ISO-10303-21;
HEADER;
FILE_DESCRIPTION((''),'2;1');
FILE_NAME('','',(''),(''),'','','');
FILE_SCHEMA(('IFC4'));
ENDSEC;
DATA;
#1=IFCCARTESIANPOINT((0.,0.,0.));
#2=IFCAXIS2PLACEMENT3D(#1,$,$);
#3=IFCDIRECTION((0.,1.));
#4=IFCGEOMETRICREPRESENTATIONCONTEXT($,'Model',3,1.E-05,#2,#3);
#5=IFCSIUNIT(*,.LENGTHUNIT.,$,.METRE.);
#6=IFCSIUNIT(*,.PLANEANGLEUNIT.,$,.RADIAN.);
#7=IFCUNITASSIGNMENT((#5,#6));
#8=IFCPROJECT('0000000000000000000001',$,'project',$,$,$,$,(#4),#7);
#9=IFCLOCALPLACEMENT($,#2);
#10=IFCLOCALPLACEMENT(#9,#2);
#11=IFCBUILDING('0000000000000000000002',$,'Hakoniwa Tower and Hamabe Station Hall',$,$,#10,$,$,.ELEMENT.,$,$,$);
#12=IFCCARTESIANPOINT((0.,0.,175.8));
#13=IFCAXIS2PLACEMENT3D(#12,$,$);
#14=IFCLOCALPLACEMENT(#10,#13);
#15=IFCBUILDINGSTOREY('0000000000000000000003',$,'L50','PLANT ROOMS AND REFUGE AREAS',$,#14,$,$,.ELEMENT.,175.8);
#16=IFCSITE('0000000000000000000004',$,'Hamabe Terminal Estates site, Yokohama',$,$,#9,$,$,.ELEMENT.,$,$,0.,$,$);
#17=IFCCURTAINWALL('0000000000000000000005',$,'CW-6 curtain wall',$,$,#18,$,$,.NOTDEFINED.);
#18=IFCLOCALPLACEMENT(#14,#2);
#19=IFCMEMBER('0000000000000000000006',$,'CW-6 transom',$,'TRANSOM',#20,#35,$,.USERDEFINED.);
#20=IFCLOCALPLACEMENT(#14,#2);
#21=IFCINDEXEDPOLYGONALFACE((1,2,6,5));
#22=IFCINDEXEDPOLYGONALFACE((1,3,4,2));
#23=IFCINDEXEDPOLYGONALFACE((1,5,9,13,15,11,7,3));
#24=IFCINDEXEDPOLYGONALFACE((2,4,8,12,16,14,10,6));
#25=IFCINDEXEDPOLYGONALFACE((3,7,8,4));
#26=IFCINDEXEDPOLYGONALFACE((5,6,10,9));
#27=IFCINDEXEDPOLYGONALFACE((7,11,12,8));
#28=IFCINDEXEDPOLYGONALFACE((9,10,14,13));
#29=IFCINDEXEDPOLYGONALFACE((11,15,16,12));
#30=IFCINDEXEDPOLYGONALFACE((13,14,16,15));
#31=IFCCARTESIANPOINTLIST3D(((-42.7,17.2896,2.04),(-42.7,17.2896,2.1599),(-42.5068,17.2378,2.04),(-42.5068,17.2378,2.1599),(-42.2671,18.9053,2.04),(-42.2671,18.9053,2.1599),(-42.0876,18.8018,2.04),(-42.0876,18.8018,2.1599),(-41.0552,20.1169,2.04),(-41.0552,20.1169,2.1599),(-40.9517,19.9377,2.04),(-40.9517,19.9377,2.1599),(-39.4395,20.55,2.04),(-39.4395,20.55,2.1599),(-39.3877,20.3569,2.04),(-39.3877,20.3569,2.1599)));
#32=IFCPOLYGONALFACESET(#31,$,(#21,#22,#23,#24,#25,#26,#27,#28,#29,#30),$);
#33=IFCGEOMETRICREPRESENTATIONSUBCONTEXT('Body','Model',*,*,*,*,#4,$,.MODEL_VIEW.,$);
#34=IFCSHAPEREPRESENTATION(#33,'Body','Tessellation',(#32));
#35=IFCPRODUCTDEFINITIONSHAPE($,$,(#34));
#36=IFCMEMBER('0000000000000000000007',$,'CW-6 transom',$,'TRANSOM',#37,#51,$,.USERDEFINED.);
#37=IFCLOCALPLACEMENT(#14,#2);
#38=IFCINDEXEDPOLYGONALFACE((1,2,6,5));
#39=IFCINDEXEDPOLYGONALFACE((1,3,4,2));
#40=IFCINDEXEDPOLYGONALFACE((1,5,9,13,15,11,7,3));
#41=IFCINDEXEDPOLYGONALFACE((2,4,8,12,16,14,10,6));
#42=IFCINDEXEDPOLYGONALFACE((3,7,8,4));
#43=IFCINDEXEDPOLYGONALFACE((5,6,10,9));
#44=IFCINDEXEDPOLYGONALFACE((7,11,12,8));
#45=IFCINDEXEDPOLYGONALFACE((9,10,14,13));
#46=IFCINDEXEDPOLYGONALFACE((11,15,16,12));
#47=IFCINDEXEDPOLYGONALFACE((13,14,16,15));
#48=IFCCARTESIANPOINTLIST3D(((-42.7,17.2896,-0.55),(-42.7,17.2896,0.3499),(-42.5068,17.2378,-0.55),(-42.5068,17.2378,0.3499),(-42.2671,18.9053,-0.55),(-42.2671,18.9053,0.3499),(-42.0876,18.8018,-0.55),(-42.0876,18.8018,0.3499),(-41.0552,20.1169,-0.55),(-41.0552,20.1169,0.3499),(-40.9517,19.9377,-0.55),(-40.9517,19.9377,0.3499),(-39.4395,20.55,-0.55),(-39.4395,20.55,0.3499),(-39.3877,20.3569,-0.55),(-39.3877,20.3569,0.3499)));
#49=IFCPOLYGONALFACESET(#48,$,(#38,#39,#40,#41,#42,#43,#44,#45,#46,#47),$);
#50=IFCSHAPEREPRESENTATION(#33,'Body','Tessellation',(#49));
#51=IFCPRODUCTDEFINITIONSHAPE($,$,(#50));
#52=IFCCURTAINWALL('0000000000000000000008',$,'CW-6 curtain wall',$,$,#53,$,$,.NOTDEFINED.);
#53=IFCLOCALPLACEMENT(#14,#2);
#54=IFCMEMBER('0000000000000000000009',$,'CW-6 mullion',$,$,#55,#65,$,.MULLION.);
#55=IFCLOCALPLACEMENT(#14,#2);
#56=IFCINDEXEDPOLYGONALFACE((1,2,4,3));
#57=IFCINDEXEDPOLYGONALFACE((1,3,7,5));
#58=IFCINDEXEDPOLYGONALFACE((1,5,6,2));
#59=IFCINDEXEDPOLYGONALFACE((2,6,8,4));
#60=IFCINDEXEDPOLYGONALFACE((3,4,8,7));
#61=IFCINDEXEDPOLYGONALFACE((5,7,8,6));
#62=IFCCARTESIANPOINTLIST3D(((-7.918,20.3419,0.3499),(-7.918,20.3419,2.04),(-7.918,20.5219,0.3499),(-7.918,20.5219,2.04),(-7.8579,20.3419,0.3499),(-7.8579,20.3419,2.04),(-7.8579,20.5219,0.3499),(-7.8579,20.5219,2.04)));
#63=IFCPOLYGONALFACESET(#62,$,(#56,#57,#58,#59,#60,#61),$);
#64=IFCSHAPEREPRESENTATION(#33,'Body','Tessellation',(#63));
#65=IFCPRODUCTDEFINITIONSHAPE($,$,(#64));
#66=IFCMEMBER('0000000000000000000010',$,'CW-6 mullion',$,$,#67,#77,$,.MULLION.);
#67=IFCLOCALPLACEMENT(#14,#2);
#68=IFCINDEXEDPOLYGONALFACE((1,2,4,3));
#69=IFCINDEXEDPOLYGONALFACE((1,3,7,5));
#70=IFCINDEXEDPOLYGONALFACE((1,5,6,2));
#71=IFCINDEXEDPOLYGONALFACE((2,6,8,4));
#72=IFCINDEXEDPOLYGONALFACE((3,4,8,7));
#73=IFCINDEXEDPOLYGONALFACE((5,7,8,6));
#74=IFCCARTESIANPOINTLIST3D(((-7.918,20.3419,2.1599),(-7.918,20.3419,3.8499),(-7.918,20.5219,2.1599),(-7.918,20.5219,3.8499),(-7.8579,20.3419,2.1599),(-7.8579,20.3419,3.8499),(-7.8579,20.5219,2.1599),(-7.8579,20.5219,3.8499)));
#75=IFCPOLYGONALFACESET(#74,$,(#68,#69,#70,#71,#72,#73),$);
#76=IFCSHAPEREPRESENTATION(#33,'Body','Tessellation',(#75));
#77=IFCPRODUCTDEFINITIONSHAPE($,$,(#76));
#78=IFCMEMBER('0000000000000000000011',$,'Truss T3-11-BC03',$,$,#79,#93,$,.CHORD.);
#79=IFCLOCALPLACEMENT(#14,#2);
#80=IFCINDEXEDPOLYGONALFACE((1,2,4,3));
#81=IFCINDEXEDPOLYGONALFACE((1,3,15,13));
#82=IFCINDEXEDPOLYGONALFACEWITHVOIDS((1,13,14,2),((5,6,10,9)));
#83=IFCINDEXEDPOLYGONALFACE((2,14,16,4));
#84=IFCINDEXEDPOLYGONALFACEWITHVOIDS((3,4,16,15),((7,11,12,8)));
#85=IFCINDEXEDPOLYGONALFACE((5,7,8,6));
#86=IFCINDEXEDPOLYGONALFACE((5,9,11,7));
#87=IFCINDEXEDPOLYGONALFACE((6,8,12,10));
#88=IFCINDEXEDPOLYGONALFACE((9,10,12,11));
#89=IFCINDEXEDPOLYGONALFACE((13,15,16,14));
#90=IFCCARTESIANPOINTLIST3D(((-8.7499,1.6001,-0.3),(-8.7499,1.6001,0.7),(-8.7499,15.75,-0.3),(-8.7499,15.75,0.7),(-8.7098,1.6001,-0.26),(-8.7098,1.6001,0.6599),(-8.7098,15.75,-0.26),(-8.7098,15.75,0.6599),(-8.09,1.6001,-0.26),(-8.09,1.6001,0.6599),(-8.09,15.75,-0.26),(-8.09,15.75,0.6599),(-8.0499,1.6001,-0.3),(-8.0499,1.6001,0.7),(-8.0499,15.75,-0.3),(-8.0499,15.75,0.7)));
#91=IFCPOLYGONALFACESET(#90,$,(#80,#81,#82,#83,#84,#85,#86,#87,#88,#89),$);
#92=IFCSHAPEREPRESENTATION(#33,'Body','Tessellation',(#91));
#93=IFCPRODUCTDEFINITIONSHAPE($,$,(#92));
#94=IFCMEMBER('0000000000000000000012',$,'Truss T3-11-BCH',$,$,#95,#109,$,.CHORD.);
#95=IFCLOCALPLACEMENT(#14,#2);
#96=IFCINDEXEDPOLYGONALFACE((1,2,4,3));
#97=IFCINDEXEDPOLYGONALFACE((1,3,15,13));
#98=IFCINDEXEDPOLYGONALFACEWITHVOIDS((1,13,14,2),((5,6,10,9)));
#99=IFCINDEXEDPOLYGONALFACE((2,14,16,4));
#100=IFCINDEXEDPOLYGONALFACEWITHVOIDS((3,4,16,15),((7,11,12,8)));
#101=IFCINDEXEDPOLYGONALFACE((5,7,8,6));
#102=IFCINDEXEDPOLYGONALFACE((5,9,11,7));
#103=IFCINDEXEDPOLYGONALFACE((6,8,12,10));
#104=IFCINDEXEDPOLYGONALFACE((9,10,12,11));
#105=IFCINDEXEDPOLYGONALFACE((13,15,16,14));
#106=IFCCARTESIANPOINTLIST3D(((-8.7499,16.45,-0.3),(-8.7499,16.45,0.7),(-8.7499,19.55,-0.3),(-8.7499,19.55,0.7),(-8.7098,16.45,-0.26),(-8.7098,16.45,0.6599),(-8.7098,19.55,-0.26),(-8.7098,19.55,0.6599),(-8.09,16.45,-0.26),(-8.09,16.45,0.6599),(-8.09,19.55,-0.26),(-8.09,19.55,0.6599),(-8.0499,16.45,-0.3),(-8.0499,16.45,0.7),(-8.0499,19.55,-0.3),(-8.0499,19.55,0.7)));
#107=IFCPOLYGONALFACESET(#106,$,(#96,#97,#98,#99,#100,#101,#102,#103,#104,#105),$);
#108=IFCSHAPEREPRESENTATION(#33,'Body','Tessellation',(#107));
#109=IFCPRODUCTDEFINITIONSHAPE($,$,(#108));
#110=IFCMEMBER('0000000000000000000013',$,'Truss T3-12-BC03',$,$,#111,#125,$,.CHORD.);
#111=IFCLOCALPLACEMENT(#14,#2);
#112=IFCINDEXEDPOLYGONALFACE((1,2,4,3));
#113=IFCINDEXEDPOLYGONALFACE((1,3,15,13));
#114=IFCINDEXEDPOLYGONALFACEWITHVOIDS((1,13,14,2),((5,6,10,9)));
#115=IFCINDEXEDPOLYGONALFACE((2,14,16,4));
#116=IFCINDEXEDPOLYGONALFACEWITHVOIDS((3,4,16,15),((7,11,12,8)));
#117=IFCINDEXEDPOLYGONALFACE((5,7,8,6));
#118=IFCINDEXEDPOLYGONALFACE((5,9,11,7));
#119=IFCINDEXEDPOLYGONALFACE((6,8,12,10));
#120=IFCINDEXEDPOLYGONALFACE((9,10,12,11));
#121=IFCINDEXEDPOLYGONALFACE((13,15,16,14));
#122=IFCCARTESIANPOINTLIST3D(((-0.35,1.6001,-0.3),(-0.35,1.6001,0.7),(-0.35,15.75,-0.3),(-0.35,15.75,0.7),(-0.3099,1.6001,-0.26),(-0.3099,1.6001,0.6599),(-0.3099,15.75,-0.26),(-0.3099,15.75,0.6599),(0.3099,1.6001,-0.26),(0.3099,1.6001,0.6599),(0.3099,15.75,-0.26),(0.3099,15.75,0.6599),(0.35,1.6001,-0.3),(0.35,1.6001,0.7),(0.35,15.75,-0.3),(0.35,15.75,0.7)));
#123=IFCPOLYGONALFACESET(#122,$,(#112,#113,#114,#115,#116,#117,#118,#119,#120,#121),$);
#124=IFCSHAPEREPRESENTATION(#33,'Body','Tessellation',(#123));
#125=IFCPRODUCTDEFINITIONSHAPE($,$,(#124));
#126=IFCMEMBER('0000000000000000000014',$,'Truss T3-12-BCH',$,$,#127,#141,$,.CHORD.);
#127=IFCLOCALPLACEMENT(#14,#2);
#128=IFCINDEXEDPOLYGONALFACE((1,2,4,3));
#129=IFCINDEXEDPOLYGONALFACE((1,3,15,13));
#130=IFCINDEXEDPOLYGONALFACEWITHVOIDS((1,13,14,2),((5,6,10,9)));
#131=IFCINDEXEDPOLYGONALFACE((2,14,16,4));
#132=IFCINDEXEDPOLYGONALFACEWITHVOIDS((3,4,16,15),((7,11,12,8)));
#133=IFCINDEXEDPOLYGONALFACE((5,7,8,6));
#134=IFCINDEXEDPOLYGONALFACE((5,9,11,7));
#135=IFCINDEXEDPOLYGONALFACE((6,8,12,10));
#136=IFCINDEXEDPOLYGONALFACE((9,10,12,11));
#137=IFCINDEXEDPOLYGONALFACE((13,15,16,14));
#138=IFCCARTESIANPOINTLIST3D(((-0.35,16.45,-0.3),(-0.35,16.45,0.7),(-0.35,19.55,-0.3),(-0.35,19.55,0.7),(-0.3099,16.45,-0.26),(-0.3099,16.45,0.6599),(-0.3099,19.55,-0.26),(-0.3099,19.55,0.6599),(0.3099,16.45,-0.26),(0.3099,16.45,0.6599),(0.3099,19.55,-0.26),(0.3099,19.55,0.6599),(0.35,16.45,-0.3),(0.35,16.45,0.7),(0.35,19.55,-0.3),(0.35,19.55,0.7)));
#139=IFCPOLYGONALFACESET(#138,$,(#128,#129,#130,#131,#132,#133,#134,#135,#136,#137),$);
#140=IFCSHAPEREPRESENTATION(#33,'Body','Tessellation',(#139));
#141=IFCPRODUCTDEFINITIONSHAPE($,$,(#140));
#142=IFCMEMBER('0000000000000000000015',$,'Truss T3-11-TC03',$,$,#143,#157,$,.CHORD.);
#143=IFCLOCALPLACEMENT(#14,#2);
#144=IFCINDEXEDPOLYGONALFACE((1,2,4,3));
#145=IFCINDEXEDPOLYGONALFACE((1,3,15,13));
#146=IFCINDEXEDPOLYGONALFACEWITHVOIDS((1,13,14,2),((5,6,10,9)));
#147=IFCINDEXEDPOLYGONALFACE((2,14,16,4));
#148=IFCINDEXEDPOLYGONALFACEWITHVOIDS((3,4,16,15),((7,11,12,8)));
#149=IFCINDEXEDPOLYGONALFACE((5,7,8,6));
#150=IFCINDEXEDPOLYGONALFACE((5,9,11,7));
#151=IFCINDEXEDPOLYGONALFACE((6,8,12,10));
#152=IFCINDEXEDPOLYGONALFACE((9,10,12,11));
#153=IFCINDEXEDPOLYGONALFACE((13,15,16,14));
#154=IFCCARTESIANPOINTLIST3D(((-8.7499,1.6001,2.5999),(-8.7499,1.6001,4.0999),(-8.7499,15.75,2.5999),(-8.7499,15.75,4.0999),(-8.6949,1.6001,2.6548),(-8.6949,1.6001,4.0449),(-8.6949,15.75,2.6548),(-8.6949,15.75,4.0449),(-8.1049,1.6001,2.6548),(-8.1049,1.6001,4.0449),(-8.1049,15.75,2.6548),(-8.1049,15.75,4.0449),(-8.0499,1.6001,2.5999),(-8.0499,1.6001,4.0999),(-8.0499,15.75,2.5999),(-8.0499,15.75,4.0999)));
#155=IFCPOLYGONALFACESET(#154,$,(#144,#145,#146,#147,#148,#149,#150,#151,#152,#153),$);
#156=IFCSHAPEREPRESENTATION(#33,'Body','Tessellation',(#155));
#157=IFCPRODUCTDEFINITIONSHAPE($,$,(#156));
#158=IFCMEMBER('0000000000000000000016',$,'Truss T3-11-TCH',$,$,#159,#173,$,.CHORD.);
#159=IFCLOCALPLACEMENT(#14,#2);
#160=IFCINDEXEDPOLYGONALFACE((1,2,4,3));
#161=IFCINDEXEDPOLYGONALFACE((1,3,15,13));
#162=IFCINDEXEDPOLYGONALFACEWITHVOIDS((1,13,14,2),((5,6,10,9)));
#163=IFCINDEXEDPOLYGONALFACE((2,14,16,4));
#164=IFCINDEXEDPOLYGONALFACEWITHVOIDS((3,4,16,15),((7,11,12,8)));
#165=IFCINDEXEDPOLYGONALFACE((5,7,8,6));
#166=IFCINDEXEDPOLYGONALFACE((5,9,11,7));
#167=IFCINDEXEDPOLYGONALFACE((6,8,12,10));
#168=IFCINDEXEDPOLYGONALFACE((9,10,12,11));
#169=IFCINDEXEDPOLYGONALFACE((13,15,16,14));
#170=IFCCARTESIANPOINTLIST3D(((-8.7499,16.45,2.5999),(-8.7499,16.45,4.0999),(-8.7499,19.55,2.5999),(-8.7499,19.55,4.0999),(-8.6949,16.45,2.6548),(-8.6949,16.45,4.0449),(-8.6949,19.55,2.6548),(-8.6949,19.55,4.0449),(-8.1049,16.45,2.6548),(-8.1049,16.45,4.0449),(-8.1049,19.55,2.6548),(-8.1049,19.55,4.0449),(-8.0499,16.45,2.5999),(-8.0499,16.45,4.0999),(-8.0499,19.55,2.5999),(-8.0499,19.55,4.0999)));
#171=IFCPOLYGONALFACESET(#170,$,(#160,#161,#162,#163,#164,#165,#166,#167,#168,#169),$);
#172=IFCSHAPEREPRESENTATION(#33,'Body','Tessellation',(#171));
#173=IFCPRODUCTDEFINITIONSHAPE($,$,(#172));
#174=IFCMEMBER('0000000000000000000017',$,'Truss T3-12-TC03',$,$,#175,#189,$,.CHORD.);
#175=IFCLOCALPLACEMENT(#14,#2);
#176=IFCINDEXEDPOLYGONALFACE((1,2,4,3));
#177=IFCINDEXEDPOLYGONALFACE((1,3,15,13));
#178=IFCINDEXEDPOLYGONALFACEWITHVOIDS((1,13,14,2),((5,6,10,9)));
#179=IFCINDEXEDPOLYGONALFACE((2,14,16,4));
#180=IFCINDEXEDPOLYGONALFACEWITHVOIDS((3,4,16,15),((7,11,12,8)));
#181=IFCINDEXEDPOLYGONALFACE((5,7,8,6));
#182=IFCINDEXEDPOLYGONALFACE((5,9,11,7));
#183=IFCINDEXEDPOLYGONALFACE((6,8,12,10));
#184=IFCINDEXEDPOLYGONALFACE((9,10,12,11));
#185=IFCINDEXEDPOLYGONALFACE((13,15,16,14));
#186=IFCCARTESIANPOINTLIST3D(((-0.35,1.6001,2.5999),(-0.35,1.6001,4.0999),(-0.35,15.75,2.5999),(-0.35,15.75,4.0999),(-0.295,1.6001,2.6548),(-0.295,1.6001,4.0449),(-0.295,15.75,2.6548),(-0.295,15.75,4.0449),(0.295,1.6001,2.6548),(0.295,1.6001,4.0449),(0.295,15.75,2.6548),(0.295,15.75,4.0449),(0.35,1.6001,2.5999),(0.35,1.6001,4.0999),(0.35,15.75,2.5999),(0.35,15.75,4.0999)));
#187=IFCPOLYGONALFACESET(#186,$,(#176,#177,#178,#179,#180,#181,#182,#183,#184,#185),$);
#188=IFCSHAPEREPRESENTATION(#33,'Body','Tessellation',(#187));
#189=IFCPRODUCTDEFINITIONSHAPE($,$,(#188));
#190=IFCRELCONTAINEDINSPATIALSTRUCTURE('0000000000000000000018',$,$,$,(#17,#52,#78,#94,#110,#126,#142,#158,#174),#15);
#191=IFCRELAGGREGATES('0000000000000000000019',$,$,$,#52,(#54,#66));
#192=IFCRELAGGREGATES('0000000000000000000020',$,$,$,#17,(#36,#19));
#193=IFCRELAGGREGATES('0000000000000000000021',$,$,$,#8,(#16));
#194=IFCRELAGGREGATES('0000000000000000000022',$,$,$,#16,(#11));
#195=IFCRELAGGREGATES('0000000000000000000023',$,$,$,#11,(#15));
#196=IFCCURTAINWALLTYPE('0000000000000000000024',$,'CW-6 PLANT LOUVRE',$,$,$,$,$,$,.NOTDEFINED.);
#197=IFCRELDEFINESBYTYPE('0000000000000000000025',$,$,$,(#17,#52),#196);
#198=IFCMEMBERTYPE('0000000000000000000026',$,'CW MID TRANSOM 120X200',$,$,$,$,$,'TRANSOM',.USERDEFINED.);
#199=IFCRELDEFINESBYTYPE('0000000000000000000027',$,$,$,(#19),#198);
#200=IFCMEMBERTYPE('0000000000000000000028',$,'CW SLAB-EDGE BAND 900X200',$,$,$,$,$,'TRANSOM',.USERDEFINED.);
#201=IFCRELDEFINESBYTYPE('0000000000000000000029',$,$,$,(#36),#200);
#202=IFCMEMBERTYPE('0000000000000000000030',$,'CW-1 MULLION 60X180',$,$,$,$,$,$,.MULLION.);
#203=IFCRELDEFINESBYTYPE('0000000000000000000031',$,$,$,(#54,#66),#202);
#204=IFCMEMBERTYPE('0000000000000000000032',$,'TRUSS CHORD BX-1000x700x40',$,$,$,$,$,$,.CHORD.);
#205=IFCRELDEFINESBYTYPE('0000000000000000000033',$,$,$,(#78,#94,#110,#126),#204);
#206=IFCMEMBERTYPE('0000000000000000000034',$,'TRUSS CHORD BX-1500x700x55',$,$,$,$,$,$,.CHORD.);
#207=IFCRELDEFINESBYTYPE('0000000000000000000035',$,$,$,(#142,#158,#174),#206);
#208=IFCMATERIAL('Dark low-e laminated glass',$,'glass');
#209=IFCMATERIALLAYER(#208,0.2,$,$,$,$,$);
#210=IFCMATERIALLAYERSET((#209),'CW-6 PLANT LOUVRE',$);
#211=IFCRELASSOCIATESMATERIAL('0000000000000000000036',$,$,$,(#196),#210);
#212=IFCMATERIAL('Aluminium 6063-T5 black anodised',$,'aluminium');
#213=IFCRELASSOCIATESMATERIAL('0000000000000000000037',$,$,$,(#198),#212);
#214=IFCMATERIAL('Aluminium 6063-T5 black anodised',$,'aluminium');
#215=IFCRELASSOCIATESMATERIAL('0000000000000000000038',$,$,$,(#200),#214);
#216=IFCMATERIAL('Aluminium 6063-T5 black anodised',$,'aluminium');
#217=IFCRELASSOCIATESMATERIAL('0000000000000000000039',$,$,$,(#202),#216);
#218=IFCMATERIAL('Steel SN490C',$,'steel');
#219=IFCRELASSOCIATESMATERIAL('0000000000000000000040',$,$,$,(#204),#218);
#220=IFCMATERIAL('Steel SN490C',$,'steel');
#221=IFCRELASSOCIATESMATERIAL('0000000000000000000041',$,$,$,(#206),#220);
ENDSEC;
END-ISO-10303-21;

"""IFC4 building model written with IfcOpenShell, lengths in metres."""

from ifc_helpers import new_model, si_unit, direction, frame, origin, origin_2d, place, context, subcontext, project, spatial, polyline, rectangle, hollow_rectangle, outline, extrude, material, layer, layer_set, material_profile, profile_set, type_object, element, aggregate, save


model = new_model("IFC4")

# Units and contexts
model_context = context("Model", 3, precision=1e-05, world=origin(), true_north=direction((0.0, 1.0)))
body_context = subcontext(model_context, "Body", "Model", "MODEL_VIEW")
ifc_project = project(units=[si_unit("LENGTHUNIT", "METRE"), si_unit("PLANEANGLEUNIT", "RADIAN")], contexts=[model_context])

# Site, building, storey
site_placement = place(None, origin())
site = spatial("IfcSite", under=ifc_project, at=site_placement, Name="Hamabe Terminal Estates site, Yokohama", CompositionType="ELEMENT", RefElevation=0.0)
building_placement = place(site_placement, origin())
building = spatial("IfcBuilding", under=site, at=building_placement, Name="Hakoniwa Tower and Hamabe Station Hall", CompositionType="ELEMENT")
storey_placement = place(building_placement, frame((0.0, 0.0, 175.8)))
storey = spatial("IfcBuildingStorey", under=building, at=storey_placement, Name="L50", Description="PLANT ROOMS AND REFUGE AREAS", CompositionType="ELEMENT", Elevation=175.8)

# Curtain walls, members
ifc_material_1 = material(Name="Dark low-e laminated glass", Category="glass")
ifc_layer_1 = layer(ifc_material_1, 0.2)
ifc_layer_set_1 = layer_set([ifc_layer_1], Name="CW-6 PLANT LOUVRE")
curtain_wall_type = type_object("IfcCurtainWallType", Name="CW-6 PLANT LOUVRE", PredefinedType="NOTDEFINED", material=ifc_layer_set_1)
curtain_wall_1_placement = place(storey_placement, origin())
curtain_wall_1 = element("IfcCurtainWall", 1, at=curtain_wall_1_placement, inside=storey, type_object=curtain_wall_type, Name="CW-6 curtain wall", PredefinedType="NOTDEFINED")
ifc_material_2 = material(Name="Aluminium 6063-T5 black anodised", Category="aluminium")
ifc_material_profile_1 = material_profile(ifc_material_2, rectangle(XDim=0.2, YDim=0.1201, at=origin_2d()), Name="CW MID TRANSOM 120X200")
ifc_profile_set_1 = profile_set([ifc_material_profile_1], Name="Aluminium 6063-T5 black anodised")
member_type_1 = type_object("IfcMemberType", Name="CW MID TRANSOM 120X200", ElementType="TRANSOM", PredefinedType="USERDEFINED", material=ifc_profile_set_1)
member_1_placement = place(storey_placement, frame((0.0, 0.0, 2.04)))
member_1 = element("IfcMember", 2, at=member_1_placement, type_object=member_type_1, Name="CW-6 transom", ObjectType="TRANSOM", PredefinedType="USERDEFINED", context=body_context, shape_type="SweptSolid", body=[
    extrude(outline(polyline([(-39.4395, 20.55), (-41.0552, 20.1169), (-42.2671, 18.9053), (-42.7, 17.2896), (-42.5068, 17.2378), (-42.0876, 18.8018), (-40.9517, 19.9377), (-39.3877, 20.3569), (-39.4395, 20.55)])), origin(), (0.0, 0.0, 1.0), 0.1199),
])
ifc_material_3 = material(Name="Aluminium 6063-T5 black anodised", Category="aluminium")
ifc_material_profile_2 = material_profile(ifc_material_3, rectangle(XDim=0.2, YDim=0.8999, at=origin_2d()), Name="CW SLAB-EDGE BAND 900X200")
ifc_profile_set_2 = profile_set([ifc_material_profile_2], Name="Aluminium 6063-T5 black anodised")
member_type_2 = type_object("IfcMemberType", Name="CW SLAB-EDGE BAND 900X200", ElementType="TRANSOM", PredefinedType="USERDEFINED", material=ifc_profile_set_2)
member_2_placement = place(storey_placement, frame((0.0, 0.0, -0.55)))
member_2 = element("IfcMember", 3, at=member_2_placement, type_object=member_type_2, Name="CW-6 transom", ObjectType="TRANSOM", PredefinedType="USERDEFINED", context=body_context, shape_type="SweptSolid", body=[
    extrude(outline(polyline([(-39.4395, 20.55), (-41.0552, 20.1169), (-42.2671, 18.9053), (-42.7, 17.2896), (-42.5068, 17.2378), (-42.0876, 18.8018), (-40.9517, 19.9377), (-39.3877, 20.3569), (-39.4395, 20.55)])), origin(), (0.0, 0.0, 1.0), 0.8999),
])
curtain_wall_2_placement = place(storey_placement, origin())
curtain_wall_2 = element("IfcCurtainWall", 4, at=curtain_wall_2_placement, inside=storey, type_object=curtain_wall_type, Name="CW-6 curtain wall", PredefinedType="NOTDEFINED")
ifc_material_4 = material(Name="Aluminium 6063-T5 black anodised", Category="aluminium")
ifc_material_profile_3 = material_profile(ifc_material_4, rectangle(XDim=0.0601, YDim=0.1799, at=origin_2d()), Name="CW-1 MULLION 60X180")
ifc_profile_set_3 = profile_set([ifc_material_profile_3], Name="Aluminium 6063-T5 black anodised")
member_type_3 = type_object("IfcMemberType", Name="CW-1 MULLION 60X180", PredefinedType="MULLION", material=ifc_profile_set_3)
member_3_placement = place(storey_placement, frame((-7.8879, 20.4319, 0.3499), z_axis=(0.0, 0.0, 1.0), x_axis=(-1.0, 0.0, 0.0)))
member_3 = element("IfcMember", 5, at=member_3_placement, type_object=member_type_3, Name="CW-6 mullion", PredefinedType="MULLION", context=body_context, shape_type="SweptSolid", body=[
    extrude(rectangle(XDim=0.0601, YDim=0.1799, at=origin_2d()), origin(), (0.0, 0.0, 1.0), 1.6902),
])
member_4_placement = place(storey_placement, frame((-7.8879, 20.4319, 2.1599), z_axis=(0.0, 0.0, 1.0), x_axis=(-1.0, 0.0, 0.0)))
member_4 = element("IfcMember", 6, at=member_4_placement, type_object=member_type_3, Name="CW-6 mullion", PredefinedType="MULLION", context=body_context, shape_type="SweptSolid", body=[
    extrude(rectangle(XDim=0.0601, YDim=0.1799, at=origin_2d()), origin(), (0.0, 0.0, 1.0), 1.6899),
])

# Members
ifc_material_5 = material(Name="Steel SN490C", Category="steel")
ifc_material_profile_4 = material_profile(ifc_material_5, hollow_rectangle(XDim=0.7, YDim=1.0, WallThickness=0.04, at=origin_2d()), Name="BX-1000x700x40")
ifc_profile_set_4 = profile_set([ifc_material_profile_4], Name="Steel SN490C")
member_type_4 = type_object("IfcMemberType", Name="TRUSS CHORD BX-1000x700x40", PredefinedType="CHORD", material=ifc_profile_set_4)
member_5_placement = place(storey_placement, frame((-8.3999, 1.6001, 0.2), z_axis=(0.0, 1.0, 0.0), x_axis=(-1.0, 0.0, 0.0)))
element("IfcMember", 7, at=member_5_placement, inside=storey, type_object=member_type_4, Name="Truss T3-11-BC03", PredefinedType="CHORD", context=body_context, shape_type="SweptSolid", body=[
    extrude(hollow_rectangle(XDim=0.7, YDim=1.0, WallThickness=0.04, at=origin_2d()), origin(), (0.0, 0.0, 1.0), 14.1499),
])
member_6_placement = place(storey_placement, frame((-8.3999, 16.45, 0.2), z_axis=(0.0, 1.0, 0.0), x_axis=(-1.0, 0.0, 0.0)))
element("IfcMember", 8, at=member_6_placement, inside=storey, type_object=member_type_4, Name="Truss T3-11-BCH", PredefinedType="CHORD", context=body_context, shape_type="SweptSolid", body=[
    extrude(hollow_rectangle(XDim=0.7, YDim=1.0, WallThickness=0.04, at=origin_2d()), origin(), (0.0, 0.0, 1.0), 3.1001),
])
member_7_placement = place(storey_placement, frame((0.0, 1.6001, 0.2), z_axis=(0.0, 1.0, 0.0), x_axis=(-1.0, 0.0, 0.0)))
element("IfcMember", 9, at=member_7_placement, inside=storey, type_object=member_type_4, Name="Truss T3-12-BC03", PredefinedType="CHORD", context=body_context, shape_type="SweptSolid", body=[
    extrude(hollow_rectangle(XDim=0.7, YDim=1.0, WallThickness=0.04, at=origin_2d()), origin(), (0.0, 0.0, 1.0), 14.1499),
])
member_8_placement = place(storey_placement, frame((0.0, 16.45, 0.2), z_axis=(0.0, 1.0, 0.0), x_axis=(-1.0, 0.0, 0.0)))
element("IfcMember", 10, at=member_8_placement, inside=storey, type_object=member_type_4, Name="Truss T3-12-BCH", PredefinedType="CHORD", context=body_context, shape_type="SweptSolid", body=[
    extrude(hollow_rectangle(XDim=0.7, YDim=1.0, WallThickness=0.04, at=origin_2d()), origin(), (0.0, 0.0, 1.0), 3.1001),
])
ifc_material_6 = material(Name="Steel SN490C", Category="steel")
ifc_material_profile_5 = material_profile(ifc_material_6, hollow_rectangle(XDim=0.7, YDim=1.5, WallThickness=0.0549, at=origin_2d()), Name="BX-1500x700x55")
ifc_profile_set_5 = profile_set([ifc_material_profile_5], Name="Steel SN490C")
member_type_5 = type_object("IfcMemberType", Name="TRUSS CHORD BX-1500x700x55", PredefinedType="CHORD", material=ifc_profile_set_5)
member_9_placement = place(storey_placement, frame((-8.3999, 1.6001, 3.3499), z_axis=(0.0, 1.0, 0.0), x_axis=(-1.0, 0.0, 0.0)))
element("IfcMember", 11, at=member_9_placement, inside=storey, type_object=member_type_5, Name="Truss T3-11-TC03", PredefinedType="CHORD", context=body_context, shape_type="SweptSolid", body=[
    extrude(hollow_rectangle(XDim=0.7, YDim=1.5, WallThickness=0.0549, at=origin_2d()), origin(), (0.0, 0.0, 1.0), 14.1499),
])
member_10_placement = place(storey_placement, frame((-8.3999, 16.45, 3.3499), z_axis=(0.0, 1.0, 0.0), x_axis=(-1.0, 0.0, 0.0)))
element("IfcMember", 12, at=member_10_placement, inside=storey, type_object=member_type_5, Name="Truss T3-11-TCH", PredefinedType="CHORD", context=body_context, shape_type="SweptSolid", body=[
    extrude(hollow_rectangle(XDim=0.7, YDim=1.5, WallThickness=0.0549, at=origin_2d()), origin(), (0.0, 0.0, 1.0), 3.1001),
])
member_11_placement = place(storey_placement, frame((0.0, 1.6001, 3.3499), z_axis=(0.0, 1.0, 0.0), x_axis=(-1.0, 0.0, 0.0)))
element("IfcMember", 13, at=member_11_placement, inside=storey, type_object=member_type_5, Name="Truss T3-12-TC03", PredefinedType="CHORD", context=body_context, shape_type="SweptSolid", body=[
    extrude(hollow_rectangle(XDim=0.7, YDim=1.5, WallThickness=0.0549, at=origin_2d()), origin(), (0.0, 0.0, 1.0), 14.1499),
])

aggregate(curtain_wall_2, [member_3, member_4])
aggregate(curtain_wall_1, [member_2, member_1])

save(model, "model.ifc")
